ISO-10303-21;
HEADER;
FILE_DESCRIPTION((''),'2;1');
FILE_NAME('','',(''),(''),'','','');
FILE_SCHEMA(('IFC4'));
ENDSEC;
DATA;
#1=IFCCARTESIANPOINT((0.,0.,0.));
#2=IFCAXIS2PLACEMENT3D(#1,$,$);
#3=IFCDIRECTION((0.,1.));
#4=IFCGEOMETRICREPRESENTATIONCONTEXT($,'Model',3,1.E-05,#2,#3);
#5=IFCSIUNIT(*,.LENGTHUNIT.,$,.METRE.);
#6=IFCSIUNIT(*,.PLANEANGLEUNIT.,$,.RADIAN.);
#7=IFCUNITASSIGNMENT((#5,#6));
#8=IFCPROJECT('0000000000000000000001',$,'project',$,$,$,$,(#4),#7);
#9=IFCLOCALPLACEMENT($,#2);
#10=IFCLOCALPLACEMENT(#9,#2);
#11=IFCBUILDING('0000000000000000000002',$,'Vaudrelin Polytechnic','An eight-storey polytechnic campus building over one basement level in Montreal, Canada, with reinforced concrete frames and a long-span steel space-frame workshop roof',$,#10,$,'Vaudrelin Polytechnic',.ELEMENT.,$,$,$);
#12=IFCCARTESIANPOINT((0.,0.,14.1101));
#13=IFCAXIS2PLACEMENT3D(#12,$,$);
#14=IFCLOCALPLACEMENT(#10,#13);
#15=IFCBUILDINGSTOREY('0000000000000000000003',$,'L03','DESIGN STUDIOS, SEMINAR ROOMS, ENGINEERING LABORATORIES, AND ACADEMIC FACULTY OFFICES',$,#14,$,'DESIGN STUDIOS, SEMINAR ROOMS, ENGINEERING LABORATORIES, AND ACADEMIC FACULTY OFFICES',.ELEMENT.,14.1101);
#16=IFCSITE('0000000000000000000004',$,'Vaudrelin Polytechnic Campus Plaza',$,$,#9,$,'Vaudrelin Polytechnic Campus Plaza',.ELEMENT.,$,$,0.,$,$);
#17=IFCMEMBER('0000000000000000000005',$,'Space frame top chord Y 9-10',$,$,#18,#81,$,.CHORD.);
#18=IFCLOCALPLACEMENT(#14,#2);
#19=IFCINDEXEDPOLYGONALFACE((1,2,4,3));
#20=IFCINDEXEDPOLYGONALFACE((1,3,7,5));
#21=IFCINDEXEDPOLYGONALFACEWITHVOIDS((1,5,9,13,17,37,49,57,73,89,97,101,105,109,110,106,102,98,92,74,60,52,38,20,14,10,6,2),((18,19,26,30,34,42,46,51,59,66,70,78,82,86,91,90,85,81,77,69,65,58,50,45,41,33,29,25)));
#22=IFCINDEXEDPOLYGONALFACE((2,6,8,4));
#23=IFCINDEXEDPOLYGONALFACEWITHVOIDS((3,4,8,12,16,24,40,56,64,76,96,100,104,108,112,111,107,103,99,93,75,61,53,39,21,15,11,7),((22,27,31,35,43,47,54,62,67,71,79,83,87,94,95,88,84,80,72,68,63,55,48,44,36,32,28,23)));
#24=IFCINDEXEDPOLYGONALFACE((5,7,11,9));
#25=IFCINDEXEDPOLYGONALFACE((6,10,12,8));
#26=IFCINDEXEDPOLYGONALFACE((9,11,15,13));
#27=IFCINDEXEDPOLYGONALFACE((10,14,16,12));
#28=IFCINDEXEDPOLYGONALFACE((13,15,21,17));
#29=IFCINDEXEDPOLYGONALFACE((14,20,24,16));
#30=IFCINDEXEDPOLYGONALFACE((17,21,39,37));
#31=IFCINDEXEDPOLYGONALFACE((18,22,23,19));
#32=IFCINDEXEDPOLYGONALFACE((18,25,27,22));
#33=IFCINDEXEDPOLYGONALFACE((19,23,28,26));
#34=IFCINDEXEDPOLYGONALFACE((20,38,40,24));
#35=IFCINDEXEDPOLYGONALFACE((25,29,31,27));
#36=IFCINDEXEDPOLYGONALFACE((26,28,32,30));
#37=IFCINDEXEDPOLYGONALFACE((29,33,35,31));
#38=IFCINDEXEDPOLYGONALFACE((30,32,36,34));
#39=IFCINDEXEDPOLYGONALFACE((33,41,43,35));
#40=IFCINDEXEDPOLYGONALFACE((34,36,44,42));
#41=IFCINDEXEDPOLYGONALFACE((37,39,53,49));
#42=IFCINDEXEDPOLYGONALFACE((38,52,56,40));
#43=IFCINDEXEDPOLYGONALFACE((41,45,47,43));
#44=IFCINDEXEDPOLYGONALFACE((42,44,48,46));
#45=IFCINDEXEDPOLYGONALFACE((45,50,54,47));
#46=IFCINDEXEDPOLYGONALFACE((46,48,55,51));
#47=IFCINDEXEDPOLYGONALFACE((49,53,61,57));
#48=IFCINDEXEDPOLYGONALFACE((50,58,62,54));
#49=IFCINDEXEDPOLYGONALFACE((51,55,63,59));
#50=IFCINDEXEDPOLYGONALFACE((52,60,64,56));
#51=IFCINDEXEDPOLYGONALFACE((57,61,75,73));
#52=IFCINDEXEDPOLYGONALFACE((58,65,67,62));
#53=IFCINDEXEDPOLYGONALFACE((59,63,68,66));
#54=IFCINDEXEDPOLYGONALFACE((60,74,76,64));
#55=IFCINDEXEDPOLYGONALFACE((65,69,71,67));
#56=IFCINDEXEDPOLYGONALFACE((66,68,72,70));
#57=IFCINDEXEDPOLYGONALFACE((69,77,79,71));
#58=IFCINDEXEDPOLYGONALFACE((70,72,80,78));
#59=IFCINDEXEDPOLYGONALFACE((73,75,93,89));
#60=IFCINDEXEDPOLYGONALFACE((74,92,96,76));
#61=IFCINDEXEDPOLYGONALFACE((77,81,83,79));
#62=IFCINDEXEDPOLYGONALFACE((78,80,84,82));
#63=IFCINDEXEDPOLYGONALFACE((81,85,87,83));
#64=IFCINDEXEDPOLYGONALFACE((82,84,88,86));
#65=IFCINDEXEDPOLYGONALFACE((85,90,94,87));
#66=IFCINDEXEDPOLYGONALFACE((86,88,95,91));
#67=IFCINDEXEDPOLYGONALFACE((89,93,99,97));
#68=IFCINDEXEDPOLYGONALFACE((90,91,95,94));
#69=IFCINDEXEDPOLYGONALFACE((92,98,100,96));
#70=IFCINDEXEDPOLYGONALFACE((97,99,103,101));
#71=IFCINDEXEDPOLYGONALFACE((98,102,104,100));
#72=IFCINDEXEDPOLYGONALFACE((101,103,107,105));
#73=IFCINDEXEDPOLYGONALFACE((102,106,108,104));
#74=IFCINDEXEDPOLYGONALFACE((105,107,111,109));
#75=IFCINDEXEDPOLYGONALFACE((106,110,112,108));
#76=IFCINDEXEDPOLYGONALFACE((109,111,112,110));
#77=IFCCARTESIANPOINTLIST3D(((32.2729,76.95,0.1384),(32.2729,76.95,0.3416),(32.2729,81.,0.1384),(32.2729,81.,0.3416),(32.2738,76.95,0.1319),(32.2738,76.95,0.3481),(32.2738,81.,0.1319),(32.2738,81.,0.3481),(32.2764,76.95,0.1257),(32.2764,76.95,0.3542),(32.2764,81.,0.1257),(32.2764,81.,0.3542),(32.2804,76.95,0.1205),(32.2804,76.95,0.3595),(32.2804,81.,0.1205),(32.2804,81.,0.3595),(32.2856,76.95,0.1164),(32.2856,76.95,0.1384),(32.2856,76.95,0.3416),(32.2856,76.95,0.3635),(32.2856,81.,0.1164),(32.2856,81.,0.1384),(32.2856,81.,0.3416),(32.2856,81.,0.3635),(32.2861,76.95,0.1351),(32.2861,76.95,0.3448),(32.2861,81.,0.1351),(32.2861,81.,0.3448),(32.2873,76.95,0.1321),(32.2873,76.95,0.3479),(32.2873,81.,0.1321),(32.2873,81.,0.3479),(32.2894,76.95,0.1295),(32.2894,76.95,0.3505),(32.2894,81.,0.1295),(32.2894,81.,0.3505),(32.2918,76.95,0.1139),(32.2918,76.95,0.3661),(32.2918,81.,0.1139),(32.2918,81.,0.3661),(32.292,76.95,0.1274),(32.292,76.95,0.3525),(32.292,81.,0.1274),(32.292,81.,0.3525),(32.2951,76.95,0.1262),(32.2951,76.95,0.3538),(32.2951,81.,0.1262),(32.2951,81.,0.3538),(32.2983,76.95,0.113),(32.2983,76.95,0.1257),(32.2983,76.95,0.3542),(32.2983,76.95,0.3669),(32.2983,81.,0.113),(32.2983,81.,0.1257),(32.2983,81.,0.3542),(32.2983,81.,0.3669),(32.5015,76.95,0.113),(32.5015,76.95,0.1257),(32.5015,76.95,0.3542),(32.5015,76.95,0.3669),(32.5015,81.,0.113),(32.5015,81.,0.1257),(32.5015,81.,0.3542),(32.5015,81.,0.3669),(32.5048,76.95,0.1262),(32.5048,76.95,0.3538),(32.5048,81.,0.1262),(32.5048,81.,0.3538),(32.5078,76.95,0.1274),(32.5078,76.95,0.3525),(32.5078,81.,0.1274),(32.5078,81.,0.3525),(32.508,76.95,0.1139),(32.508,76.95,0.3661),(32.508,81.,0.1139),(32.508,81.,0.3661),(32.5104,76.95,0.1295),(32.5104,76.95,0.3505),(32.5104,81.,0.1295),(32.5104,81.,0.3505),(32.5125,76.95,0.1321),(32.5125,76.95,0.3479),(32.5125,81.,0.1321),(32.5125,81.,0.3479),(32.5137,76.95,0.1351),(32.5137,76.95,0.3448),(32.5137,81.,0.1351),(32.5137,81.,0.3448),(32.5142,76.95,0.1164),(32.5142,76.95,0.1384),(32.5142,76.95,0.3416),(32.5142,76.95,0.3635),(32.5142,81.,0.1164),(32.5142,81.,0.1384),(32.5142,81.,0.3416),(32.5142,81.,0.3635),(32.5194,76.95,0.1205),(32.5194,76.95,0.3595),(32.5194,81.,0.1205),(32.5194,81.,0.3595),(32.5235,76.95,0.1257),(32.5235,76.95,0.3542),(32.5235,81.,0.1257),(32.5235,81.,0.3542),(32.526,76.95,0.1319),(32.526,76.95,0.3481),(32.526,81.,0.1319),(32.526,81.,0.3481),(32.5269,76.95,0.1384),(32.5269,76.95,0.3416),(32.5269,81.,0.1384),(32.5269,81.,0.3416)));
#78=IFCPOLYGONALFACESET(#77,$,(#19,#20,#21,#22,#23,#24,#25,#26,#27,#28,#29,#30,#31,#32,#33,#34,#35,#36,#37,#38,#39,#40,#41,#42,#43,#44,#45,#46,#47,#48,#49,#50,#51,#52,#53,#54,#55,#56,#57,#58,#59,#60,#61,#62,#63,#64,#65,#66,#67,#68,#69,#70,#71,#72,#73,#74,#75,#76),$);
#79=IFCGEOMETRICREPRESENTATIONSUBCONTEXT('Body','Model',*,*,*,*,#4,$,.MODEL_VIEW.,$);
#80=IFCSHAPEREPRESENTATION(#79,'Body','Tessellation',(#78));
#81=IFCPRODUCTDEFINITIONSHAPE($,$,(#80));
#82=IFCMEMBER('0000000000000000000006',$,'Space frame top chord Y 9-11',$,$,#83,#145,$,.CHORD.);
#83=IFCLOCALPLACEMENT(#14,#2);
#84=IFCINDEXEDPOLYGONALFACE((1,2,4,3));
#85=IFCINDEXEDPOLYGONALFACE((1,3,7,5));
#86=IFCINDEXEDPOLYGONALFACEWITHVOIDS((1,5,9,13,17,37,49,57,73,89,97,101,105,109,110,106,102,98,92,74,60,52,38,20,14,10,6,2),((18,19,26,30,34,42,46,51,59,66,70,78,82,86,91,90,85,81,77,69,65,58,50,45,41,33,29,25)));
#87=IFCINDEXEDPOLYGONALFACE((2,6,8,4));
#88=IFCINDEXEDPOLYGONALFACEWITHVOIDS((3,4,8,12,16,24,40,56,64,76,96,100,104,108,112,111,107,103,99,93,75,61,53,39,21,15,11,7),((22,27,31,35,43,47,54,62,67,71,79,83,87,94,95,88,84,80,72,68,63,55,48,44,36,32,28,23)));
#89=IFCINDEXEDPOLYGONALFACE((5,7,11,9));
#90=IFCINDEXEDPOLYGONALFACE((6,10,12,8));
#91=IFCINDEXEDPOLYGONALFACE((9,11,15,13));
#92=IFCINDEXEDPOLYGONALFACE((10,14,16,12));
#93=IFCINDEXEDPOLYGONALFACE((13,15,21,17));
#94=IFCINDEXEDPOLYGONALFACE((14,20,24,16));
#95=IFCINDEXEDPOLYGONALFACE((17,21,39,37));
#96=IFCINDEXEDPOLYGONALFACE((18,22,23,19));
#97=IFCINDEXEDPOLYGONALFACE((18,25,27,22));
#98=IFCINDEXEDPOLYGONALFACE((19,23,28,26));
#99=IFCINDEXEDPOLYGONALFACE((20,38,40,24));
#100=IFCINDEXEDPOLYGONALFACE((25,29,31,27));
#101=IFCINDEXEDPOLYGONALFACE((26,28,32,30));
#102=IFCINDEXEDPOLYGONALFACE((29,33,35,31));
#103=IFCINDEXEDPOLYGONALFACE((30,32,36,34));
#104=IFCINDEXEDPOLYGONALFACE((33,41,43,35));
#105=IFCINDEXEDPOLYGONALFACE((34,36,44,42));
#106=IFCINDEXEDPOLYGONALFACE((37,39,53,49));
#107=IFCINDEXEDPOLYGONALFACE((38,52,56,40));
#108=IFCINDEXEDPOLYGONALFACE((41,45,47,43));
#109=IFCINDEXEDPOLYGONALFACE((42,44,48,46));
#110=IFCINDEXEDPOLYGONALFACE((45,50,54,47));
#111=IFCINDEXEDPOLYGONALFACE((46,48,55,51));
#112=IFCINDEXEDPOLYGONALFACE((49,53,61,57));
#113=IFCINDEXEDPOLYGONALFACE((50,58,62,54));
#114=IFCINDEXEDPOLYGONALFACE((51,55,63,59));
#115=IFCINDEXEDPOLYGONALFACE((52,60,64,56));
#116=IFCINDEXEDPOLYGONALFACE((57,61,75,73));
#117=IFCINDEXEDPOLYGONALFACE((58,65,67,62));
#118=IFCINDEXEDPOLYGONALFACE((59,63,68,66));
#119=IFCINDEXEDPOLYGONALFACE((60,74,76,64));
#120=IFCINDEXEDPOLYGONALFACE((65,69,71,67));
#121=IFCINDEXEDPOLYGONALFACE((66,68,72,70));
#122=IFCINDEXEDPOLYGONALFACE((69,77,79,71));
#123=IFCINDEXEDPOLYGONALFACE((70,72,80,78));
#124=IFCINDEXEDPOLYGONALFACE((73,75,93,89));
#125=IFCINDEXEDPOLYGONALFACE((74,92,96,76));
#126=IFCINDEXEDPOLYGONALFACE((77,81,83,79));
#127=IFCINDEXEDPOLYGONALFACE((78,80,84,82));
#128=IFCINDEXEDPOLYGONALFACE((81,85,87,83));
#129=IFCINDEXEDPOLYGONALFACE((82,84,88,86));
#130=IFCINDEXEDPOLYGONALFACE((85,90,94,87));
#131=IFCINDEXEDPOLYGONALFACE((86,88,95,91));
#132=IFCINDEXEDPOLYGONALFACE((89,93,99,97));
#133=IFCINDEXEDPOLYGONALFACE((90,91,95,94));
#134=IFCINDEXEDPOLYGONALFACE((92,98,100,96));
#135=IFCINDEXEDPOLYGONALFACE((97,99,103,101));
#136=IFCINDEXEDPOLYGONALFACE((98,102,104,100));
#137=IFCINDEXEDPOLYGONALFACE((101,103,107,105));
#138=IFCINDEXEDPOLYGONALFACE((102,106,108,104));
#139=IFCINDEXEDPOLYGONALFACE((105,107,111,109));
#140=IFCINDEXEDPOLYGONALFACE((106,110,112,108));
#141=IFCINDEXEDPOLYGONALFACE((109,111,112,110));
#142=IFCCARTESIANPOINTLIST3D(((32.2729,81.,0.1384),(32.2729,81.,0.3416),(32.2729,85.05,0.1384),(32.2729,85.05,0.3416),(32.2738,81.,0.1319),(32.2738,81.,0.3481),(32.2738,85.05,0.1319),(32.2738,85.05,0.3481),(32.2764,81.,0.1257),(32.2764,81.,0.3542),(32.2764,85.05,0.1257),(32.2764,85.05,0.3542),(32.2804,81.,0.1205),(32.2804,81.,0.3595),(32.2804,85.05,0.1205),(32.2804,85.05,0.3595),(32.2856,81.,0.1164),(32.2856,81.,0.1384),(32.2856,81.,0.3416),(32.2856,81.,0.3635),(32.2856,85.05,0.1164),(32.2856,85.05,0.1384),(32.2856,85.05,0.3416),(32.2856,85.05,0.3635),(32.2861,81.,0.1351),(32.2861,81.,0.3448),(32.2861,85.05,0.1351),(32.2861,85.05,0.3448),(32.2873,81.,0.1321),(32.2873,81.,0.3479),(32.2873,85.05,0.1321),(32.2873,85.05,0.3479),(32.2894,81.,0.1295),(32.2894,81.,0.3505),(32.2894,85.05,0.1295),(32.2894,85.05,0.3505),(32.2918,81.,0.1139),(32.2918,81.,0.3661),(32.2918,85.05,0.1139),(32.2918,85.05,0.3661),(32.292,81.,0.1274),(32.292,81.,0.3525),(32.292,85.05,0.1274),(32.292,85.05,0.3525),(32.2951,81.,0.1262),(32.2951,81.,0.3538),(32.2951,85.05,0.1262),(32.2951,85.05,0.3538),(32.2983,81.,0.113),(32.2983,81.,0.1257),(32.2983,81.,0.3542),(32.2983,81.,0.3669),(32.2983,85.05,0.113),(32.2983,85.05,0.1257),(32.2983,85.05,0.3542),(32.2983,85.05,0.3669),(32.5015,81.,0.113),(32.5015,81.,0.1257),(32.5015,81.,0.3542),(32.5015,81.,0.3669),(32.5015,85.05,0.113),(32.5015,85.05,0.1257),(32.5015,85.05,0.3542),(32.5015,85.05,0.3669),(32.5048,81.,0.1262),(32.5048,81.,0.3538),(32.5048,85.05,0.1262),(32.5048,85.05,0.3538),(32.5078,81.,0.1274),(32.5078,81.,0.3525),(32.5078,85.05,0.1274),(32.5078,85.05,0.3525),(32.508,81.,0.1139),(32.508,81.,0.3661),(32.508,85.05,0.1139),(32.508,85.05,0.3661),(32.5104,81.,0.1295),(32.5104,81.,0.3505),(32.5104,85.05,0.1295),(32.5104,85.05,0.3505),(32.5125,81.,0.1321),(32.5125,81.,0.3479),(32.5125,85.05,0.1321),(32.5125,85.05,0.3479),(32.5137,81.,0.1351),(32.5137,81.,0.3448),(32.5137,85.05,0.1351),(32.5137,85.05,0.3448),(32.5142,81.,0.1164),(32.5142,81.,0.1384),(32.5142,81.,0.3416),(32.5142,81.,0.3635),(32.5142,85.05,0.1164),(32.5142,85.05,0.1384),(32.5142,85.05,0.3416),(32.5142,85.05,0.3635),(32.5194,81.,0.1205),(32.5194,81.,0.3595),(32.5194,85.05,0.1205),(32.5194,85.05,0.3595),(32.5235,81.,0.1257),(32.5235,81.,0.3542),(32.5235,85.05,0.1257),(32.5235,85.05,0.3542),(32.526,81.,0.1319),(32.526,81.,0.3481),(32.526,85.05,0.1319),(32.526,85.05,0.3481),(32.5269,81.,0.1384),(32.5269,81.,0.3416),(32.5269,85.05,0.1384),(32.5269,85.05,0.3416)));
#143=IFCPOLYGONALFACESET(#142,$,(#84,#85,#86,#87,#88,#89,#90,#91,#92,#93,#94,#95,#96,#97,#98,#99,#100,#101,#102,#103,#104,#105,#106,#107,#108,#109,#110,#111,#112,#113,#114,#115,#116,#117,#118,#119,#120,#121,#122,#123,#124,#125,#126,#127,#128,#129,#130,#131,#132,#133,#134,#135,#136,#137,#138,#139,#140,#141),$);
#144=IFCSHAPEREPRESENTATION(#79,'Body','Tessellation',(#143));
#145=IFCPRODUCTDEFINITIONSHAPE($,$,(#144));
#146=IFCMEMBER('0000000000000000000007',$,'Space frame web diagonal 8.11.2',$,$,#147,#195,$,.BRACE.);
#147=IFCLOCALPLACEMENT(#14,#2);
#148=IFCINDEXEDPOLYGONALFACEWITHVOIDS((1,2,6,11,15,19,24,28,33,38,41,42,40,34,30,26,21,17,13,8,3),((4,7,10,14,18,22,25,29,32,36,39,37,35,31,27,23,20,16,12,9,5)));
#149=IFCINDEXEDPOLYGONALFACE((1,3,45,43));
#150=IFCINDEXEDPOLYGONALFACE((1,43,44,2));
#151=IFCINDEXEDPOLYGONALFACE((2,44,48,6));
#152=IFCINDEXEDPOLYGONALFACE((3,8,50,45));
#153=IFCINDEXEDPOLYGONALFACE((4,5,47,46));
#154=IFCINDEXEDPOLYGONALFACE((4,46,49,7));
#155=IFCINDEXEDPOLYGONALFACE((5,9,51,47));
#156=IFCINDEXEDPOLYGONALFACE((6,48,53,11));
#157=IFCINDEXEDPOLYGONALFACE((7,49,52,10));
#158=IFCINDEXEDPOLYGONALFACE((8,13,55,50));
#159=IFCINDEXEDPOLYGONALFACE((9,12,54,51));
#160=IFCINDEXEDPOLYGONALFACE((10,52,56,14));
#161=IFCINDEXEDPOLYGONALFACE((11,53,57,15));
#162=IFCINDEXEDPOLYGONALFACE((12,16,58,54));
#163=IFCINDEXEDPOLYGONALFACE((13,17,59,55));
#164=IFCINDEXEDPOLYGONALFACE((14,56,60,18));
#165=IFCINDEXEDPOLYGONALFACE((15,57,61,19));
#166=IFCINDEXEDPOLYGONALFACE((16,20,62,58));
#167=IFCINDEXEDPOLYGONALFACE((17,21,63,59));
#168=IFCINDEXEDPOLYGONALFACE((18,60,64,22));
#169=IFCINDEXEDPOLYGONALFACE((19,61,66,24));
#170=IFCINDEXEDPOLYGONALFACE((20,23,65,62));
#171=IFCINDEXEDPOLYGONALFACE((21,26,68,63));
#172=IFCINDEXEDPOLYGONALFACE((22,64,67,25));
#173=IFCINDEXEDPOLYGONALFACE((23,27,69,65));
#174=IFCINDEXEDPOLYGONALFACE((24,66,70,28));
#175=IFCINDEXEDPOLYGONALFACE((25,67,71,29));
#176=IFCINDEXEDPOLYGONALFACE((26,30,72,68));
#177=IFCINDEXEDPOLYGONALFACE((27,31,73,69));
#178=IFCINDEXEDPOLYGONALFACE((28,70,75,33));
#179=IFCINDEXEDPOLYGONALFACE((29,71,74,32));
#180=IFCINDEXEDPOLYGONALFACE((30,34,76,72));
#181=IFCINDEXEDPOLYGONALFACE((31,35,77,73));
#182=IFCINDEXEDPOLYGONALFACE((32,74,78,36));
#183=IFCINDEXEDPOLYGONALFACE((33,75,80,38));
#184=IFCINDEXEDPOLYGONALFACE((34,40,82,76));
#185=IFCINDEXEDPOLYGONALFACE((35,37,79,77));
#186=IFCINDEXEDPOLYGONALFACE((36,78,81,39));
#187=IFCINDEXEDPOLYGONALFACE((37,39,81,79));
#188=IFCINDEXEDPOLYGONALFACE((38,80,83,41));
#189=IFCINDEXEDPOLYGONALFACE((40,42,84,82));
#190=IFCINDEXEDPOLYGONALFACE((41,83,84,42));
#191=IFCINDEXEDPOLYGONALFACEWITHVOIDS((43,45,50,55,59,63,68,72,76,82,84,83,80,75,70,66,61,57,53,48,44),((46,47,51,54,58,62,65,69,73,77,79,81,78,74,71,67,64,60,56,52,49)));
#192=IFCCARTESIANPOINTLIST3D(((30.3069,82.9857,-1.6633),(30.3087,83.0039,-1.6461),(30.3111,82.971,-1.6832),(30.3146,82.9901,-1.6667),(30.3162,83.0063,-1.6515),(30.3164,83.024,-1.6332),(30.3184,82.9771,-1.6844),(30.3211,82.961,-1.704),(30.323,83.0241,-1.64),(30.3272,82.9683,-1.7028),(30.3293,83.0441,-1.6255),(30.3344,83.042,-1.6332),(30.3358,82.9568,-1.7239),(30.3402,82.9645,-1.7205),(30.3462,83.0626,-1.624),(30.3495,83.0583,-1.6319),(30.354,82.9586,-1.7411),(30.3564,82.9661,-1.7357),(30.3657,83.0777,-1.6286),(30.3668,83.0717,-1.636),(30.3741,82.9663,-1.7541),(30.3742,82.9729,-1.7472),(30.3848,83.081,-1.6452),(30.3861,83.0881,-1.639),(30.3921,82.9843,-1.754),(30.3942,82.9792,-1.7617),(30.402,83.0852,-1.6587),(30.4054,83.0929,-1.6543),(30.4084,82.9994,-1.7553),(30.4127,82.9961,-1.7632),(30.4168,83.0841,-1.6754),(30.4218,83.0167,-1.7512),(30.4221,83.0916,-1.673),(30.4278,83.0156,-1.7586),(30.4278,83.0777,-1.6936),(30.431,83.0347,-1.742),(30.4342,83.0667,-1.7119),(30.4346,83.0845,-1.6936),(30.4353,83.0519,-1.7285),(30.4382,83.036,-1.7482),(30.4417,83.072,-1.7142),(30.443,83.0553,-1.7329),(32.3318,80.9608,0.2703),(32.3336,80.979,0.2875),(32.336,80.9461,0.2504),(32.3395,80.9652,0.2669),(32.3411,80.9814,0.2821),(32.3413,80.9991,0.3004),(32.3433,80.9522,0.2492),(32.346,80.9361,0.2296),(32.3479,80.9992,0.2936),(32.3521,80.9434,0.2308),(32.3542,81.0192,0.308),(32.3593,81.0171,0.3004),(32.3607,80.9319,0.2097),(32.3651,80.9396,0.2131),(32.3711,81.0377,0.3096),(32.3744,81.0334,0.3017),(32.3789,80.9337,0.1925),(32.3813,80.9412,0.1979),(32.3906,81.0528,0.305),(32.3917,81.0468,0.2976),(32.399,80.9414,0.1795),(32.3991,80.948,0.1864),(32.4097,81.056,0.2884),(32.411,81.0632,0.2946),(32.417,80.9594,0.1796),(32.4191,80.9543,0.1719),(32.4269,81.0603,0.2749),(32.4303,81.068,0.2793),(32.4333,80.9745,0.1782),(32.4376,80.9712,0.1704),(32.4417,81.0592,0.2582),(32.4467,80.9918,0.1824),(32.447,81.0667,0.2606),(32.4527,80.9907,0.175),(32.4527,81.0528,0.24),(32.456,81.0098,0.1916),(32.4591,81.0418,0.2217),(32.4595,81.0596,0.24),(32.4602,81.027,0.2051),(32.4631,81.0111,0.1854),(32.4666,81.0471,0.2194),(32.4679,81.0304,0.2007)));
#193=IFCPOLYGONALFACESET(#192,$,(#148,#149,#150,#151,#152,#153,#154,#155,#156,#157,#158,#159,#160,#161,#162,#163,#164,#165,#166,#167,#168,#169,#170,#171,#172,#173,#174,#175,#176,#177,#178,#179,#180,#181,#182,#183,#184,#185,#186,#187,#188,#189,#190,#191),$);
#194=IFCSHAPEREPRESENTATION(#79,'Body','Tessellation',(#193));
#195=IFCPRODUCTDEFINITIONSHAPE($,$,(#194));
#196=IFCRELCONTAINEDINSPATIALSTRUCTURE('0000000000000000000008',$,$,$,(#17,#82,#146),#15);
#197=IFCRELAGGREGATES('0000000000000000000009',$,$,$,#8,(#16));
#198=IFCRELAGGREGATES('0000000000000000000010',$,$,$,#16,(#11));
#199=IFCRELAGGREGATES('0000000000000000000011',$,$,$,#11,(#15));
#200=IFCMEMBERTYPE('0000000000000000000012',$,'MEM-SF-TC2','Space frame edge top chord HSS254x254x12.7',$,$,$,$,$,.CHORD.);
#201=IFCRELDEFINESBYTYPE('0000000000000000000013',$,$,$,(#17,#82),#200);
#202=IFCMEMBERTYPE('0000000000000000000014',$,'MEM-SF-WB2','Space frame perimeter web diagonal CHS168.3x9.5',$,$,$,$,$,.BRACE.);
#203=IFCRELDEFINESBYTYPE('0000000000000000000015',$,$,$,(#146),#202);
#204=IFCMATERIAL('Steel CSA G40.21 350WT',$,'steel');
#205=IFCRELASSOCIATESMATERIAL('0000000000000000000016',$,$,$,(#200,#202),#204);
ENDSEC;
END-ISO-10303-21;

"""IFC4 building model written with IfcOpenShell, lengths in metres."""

from ifc_helpers import new_model, si_unit, direction, frame, origin, origin_2d, place, context, subcontext, project, spatial, hollow_rectangle, hollow_circle, extrude, material, material_profile, profile_set, type_object, element, save


model = new_model("IFC4")

# Units and contexts
model_context = context("Model", 3, precision=1e-05, world=origin(), true_north=direction((0.0, 1.0)))
body_context = subcontext(model_context, "Body", "Model", "MODEL_VIEW")
ifc_project = project(units=[si_unit("LENGTHUNIT", "METRE"), si_unit("PLANEANGLEUNIT", "RADIAN")], contexts=[model_context])

# Site, building, storey
site_placement = place(None, origin())
site = spatial("IfcSite", under=ifc_project, at=site_placement, Name="Vaudrelin Polytechnic Campus Plaza", LongName="Vaudrelin Polytechnic Campus Plaza", CompositionType="ELEMENT", RefElevation=0.0)
building_placement = place(site_placement, origin())
building = spatial("IfcBuilding", under=site, at=building_placement, Name="Vaudrelin Polytechnic", Description="An eight-storey polytechnic campus building over one basement level in Montreal, Canada, with reinforced concrete frames and a long-span steel space-frame workshop roof", LongName="Vaudrelin Polytechnic", CompositionType="ELEMENT")
storey_placement = place(building_placement, frame((0.0, 0.0, 14.1101)))
storey = spatial("IfcBuildingStorey", under=building, at=storey_placement, Name="L03", Description="DESIGN STUDIOS, SEMINAR ROOMS, ENGINEERING LABORATORIES, AND ACADEMIC FACULTY OFFICES", LongName="DESIGN STUDIOS, SEMINAR ROOMS, ENGINEERING LABORATORIES, AND ACADEMIC FACULTY OFFICES", CompositionType="ELEMENT", Elevation=14.1101)

# Members
ifc_material = material(Name="Steel CSA G40.21 350WT", Category="steel")
ifc_material_profile_1 = material_profile(ifc_material, hollow_rectangle(XDim=0.2539, YDim=0.2539, WallThickness=0.0127, InnerFilletRadius=0.0127, OuterFilletRadius=0.0254, at=origin_2d()), Name="HSS254x254x12.7")
ifc_profile_set_1 = profile_set([ifc_material_profile_1], Name="Steel CSA G40.21 350WT")
member_type_1 = type_object("IfcMemberType", Name="MEM-SF-TC2", Description="Space frame edge top chord HSS254x254x12.7", PredefinedType="CHORD", material=ifc_profile_set_1)
for number, where, z_axis, x_axis, name in (
    (1, (32.3999, 76.95, 0.24), (0.0, 1.0, 0.0), (-1.0, 0.0, 0.0), "Space frame top chord Y 9-10"),
    (2, (32.3999, 81.0, 0.24), (0.0, 1.0, 0.0), (-1.0, 0.0, 0.0), "Space frame top chord Y 9-11"),
):
    element("IfcMember", number, at=place(storey_placement, frame(where, z_axis=z_axis, x_axis=x_axis)), inside=storey, type_object=member_type_1, Name=name, PredefinedType="CHORD", context=body_context, shape_type="SweptSolid", body=[
        extrude(hollow_rectangle(XDim=0.2539, YDim=0.2539, WallThickness=0.0127, InnerFilletRadius=0.0127, OuterFilletRadius=0.0254, at=origin_2d()), origin(), (0.0, 0.0, 1.0), 4.05),
    ])
ifc_material_profile_2 = material_profile(ifc_material, hollow_circle(Radius=0.0842, WallThickness=0.0095, at=origin_2d()), Name="CHS168.3x9.5")
ifc_profile_set_2 = profile_set([ifc_material_profile_2], Name="Steel CSA G40.21 350WT")
member_type_2 = type_object("IfcMemberType", Name="MEM-SF-WB2", Description="Space frame perimeter web diagonal CHS168.3x9.5", PredefinedType="BRACE", material=ifc_profile_set_2)
member_1_placement = place(storey_placement, frame((30.375, 83.0249, -1.6936), z_axis=(0.586024, -0.586024, 0.559599), x_axis=(0.707107, 0.707107, 0.0)))
element("IfcMember", 3, at=member_1_placement, inside=storey, type_object=member_type_2, Name="Space frame web diagonal 8.11.2", PredefinedType="BRACE", context=body_context, shape_type="SweptSolid", body=[
    extrude(hollow_circle(Radius=0.0842, WallThickness=0.0095, at=origin_2d()), origin(), (0.0, 0.0, 1.0), 3.4553),
])

save(model, "model.ifc")
